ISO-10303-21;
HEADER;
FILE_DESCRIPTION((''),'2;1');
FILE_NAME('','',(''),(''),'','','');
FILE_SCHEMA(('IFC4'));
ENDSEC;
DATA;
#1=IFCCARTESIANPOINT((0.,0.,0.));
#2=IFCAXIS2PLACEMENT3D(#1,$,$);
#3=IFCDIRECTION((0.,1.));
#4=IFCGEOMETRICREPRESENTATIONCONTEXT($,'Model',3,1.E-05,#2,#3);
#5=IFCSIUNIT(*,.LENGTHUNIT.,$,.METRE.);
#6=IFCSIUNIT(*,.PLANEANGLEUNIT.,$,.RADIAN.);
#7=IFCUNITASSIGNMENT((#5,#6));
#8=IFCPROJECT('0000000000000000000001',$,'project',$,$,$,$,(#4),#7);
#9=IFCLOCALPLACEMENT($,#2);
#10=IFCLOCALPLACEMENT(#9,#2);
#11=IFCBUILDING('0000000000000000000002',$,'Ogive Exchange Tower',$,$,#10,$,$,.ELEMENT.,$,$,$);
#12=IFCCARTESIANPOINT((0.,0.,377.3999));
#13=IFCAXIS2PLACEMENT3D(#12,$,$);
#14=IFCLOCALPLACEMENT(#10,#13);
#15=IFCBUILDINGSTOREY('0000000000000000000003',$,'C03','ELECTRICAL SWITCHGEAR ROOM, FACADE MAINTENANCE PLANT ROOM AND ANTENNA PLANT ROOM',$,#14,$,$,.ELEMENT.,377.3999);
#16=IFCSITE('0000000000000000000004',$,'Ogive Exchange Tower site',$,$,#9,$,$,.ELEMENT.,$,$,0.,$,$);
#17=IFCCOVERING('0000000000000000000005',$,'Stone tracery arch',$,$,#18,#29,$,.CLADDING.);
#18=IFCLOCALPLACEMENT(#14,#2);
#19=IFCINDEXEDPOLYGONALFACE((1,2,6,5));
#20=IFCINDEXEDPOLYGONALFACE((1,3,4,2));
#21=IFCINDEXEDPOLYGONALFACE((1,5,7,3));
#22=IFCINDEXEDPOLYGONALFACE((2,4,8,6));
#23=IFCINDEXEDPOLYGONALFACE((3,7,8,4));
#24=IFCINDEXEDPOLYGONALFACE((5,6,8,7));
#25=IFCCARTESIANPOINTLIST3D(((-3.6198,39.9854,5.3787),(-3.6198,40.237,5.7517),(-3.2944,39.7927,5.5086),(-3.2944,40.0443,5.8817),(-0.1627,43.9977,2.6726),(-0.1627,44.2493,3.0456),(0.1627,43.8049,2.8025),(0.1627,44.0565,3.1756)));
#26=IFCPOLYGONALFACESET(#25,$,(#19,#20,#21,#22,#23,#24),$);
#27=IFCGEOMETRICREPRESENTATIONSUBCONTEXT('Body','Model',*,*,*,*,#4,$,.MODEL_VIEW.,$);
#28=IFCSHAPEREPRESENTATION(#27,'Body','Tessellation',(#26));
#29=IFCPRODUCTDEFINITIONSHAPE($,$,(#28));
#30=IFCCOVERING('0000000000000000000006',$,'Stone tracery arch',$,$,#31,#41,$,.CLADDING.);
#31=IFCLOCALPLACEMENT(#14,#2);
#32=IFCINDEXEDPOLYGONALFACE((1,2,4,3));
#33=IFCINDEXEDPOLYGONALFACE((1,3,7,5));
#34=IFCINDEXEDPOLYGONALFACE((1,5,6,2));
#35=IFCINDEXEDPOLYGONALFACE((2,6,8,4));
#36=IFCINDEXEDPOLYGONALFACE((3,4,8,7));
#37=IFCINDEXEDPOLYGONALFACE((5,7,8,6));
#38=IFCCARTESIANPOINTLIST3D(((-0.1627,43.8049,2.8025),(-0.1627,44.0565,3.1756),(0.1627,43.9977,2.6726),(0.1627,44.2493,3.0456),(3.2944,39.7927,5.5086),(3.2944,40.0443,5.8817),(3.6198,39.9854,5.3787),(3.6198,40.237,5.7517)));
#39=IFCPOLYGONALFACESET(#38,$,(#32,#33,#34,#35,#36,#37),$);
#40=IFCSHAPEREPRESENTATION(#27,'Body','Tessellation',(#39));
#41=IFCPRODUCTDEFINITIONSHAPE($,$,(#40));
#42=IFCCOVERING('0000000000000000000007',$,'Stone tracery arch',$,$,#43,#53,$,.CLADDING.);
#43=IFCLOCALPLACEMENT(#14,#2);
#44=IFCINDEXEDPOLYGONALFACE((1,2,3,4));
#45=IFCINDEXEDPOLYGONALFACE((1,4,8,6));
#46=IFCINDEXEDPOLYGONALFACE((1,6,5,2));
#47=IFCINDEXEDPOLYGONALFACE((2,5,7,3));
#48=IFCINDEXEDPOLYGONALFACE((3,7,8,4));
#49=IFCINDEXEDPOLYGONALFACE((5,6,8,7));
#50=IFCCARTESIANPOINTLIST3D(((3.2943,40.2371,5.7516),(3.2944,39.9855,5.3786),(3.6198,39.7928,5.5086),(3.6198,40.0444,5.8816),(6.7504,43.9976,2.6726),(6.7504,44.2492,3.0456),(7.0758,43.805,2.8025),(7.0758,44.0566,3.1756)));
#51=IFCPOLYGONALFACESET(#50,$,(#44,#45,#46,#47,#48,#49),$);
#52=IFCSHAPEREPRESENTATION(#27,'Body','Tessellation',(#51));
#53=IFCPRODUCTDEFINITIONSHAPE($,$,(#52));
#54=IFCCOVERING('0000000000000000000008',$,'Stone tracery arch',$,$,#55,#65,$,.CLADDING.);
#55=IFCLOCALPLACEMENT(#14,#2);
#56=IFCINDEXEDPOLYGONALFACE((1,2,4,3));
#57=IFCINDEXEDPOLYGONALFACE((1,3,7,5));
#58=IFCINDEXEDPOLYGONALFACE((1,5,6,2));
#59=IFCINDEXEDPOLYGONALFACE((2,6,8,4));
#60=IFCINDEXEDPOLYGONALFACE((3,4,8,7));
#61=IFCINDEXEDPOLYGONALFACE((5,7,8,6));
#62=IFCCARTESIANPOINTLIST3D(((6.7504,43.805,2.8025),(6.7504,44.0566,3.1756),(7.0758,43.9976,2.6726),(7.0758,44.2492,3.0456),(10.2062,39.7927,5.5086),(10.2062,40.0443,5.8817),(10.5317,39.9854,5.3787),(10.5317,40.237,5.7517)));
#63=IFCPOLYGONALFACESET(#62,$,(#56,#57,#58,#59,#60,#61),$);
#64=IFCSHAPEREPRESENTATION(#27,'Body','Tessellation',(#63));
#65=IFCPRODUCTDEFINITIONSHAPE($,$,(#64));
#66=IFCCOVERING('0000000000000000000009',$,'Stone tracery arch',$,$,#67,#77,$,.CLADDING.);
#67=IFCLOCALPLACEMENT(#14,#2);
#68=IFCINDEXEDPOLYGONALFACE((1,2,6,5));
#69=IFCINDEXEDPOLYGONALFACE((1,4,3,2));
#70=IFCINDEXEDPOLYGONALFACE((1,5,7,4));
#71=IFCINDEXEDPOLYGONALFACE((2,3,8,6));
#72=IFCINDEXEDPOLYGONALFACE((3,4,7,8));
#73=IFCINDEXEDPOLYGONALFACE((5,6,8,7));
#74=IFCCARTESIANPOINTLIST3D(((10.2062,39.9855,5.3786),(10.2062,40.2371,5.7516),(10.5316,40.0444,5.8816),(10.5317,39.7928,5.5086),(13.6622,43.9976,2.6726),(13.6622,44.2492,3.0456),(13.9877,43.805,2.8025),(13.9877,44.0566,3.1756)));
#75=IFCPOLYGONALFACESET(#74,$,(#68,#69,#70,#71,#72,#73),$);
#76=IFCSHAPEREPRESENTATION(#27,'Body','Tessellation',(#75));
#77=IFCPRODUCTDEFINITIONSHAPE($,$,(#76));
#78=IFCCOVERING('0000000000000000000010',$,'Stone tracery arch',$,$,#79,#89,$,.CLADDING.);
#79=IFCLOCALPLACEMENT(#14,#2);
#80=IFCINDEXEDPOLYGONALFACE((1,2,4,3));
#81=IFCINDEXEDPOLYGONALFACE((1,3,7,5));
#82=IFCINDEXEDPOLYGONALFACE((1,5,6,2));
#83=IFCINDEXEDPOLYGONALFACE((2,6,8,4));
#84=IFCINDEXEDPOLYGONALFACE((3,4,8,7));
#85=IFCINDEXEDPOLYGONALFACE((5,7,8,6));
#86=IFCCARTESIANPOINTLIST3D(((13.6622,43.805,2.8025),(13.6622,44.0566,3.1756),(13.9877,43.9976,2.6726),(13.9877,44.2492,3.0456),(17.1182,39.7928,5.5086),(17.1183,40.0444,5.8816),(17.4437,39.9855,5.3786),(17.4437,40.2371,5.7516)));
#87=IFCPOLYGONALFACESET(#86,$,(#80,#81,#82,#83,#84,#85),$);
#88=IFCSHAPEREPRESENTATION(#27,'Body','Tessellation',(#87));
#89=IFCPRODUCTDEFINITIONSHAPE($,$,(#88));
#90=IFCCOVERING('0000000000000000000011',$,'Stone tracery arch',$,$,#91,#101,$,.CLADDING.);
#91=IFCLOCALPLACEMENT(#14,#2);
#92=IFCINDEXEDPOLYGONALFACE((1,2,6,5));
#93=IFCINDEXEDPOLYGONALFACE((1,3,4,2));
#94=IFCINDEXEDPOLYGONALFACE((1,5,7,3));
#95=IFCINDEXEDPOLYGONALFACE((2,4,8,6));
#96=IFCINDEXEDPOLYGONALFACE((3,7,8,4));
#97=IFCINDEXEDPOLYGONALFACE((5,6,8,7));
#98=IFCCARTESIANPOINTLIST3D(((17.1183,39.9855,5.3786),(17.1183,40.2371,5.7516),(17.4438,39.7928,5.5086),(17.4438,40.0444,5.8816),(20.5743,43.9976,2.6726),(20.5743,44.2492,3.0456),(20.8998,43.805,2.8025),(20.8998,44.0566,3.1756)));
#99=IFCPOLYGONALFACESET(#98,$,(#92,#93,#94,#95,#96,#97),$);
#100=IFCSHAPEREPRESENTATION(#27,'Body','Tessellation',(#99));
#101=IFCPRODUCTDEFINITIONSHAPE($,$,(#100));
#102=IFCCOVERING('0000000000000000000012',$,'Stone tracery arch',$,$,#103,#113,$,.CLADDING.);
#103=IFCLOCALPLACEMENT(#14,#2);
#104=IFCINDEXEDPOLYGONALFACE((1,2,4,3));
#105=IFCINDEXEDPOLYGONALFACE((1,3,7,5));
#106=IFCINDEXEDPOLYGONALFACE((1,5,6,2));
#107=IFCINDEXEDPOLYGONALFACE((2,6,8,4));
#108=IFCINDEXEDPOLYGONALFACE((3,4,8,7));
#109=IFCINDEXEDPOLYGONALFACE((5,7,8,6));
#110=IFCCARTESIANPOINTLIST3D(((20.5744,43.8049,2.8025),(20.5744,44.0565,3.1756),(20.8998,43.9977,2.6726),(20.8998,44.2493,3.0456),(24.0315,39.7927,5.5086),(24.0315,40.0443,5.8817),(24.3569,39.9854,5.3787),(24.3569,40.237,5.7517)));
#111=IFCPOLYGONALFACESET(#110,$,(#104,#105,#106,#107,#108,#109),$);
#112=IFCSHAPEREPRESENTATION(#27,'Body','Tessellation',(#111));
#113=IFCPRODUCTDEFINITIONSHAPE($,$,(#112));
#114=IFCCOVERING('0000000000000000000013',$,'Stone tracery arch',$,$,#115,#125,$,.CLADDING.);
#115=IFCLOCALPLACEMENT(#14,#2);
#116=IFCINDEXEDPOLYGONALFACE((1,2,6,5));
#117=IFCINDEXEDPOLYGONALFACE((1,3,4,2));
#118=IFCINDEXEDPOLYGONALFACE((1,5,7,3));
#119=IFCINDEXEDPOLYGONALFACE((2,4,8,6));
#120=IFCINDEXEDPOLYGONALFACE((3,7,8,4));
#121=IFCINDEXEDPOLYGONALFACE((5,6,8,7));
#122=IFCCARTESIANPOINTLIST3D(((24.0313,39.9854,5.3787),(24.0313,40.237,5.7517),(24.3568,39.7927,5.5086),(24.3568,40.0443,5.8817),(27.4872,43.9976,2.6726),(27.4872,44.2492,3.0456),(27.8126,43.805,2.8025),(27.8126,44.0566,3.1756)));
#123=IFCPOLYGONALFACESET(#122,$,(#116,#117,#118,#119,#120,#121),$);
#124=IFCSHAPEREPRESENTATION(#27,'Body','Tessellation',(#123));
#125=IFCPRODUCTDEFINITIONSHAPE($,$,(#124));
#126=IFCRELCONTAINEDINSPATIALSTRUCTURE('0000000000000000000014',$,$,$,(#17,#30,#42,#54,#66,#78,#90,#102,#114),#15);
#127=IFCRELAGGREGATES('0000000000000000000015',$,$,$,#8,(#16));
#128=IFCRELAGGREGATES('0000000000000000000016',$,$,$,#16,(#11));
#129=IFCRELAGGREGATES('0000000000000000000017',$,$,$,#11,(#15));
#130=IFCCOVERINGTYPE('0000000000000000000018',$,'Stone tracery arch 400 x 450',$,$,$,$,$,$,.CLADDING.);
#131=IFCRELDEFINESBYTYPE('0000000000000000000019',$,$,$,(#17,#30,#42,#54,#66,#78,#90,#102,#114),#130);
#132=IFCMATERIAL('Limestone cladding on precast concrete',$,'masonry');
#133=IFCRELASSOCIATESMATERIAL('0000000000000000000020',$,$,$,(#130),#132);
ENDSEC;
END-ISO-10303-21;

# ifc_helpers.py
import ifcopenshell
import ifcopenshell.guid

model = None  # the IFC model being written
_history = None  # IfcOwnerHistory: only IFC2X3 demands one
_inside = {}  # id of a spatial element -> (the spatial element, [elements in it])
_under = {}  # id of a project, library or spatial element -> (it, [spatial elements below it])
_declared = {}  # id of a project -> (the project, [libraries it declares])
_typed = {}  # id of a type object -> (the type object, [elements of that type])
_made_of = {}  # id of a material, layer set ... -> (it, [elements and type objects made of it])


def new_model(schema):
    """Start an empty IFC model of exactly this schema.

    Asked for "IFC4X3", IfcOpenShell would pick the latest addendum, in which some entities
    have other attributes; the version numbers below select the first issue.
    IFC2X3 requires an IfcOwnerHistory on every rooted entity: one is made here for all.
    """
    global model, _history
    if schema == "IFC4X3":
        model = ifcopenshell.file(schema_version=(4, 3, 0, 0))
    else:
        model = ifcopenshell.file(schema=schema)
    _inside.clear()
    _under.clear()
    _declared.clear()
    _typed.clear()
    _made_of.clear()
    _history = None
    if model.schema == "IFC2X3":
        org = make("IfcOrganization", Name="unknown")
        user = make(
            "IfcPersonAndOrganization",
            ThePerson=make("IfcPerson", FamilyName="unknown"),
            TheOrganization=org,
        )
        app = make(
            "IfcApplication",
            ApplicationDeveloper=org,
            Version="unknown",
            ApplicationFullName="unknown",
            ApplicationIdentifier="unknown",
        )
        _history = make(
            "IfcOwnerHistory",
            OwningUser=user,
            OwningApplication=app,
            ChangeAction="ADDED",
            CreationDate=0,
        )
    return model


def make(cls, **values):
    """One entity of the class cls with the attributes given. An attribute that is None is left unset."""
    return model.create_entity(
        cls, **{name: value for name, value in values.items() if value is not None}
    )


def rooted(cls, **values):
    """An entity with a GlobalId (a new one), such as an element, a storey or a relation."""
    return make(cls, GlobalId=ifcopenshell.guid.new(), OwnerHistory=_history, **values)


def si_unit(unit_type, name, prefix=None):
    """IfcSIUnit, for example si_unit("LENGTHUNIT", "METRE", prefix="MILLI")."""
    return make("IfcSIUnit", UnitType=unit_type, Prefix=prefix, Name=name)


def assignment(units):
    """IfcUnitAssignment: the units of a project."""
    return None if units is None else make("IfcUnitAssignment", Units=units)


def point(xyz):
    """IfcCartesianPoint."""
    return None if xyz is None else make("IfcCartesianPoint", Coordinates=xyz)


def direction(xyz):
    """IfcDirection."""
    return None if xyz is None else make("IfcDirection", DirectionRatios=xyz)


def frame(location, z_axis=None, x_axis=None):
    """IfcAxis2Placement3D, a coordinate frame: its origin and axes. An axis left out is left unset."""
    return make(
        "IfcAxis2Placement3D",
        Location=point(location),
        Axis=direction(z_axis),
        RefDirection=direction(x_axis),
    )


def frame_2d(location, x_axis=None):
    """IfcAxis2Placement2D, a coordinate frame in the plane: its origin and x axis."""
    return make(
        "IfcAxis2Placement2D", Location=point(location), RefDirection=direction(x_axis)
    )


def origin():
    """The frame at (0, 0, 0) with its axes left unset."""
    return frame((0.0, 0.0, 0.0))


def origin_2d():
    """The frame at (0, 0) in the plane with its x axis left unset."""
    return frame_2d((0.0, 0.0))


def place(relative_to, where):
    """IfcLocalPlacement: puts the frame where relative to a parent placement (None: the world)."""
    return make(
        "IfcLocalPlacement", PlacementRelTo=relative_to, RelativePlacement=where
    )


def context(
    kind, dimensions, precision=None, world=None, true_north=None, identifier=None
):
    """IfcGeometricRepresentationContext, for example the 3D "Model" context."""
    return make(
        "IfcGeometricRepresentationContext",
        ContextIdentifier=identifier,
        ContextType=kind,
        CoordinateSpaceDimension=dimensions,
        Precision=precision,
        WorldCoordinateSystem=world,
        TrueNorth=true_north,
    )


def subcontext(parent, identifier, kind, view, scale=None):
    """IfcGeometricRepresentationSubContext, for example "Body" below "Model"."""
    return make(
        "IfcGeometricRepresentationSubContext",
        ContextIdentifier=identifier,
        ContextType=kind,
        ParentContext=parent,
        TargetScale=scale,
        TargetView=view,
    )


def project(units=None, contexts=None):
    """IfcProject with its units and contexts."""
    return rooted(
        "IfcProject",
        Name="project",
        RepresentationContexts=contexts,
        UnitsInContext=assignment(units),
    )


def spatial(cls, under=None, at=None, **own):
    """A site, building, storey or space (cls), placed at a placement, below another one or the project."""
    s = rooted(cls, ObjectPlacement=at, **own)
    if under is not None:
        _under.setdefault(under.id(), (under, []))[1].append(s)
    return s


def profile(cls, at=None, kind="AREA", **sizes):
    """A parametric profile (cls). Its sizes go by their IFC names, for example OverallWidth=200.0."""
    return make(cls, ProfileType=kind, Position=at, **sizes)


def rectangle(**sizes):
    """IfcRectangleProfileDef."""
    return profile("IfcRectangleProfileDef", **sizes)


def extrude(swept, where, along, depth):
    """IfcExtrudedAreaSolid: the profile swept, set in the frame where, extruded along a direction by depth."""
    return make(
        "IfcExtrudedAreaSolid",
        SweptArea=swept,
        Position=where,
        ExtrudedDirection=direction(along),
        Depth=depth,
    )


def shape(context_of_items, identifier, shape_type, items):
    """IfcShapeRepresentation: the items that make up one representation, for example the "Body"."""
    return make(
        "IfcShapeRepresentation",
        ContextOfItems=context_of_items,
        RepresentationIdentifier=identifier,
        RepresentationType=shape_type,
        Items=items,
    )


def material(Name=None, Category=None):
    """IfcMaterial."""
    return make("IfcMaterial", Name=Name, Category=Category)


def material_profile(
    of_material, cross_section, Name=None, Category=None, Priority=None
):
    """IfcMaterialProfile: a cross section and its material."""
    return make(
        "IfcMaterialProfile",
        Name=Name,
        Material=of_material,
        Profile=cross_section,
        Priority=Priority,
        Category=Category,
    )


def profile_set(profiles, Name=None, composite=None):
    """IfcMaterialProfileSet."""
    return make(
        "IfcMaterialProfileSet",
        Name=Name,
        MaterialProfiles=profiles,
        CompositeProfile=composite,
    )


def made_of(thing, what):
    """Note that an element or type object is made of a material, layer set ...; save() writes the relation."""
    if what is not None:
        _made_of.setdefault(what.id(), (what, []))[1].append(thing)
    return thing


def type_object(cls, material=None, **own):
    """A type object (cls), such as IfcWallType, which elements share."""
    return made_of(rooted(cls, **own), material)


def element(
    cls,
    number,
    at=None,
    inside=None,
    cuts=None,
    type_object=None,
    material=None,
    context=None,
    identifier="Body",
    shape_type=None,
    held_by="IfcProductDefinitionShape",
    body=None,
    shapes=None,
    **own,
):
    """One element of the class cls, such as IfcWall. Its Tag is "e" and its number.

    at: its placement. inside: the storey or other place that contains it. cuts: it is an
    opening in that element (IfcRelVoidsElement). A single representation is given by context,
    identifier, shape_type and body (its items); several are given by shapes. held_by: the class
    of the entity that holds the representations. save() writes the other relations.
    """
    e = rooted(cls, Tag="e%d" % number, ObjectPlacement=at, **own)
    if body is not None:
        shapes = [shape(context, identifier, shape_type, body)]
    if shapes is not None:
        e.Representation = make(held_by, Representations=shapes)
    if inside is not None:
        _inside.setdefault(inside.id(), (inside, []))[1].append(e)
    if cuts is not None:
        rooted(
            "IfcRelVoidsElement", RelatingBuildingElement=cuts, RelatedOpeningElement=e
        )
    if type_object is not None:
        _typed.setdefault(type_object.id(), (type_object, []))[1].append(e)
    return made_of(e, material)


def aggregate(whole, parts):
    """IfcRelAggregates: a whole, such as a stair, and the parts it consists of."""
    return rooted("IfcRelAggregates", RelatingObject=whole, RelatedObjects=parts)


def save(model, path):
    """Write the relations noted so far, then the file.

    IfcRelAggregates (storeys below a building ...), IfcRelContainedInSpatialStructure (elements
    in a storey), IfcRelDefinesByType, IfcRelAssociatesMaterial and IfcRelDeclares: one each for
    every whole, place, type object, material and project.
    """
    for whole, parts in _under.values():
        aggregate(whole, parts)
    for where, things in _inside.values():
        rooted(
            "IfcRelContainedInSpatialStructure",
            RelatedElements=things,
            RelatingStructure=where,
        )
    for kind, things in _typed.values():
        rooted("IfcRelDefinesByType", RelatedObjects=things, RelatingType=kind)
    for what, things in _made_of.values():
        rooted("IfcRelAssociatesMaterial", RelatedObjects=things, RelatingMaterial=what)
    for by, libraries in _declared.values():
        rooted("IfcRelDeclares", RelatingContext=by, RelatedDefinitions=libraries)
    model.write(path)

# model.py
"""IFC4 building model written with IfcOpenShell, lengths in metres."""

from ifc_helpers import new_model, si_unit, direction, frame, origin, origin_2d, place, context, subcontext, project, spatial, rectangle, extrude, material, material_profile, profile_set, type_object, element, save


model = new_model("IFC4")

# Units and contexts
model_context = context("Model", 3, precision=1e-05, world=origin(), true_north=direction((0.0, 1.0)))
body_context = subcontext(model_context, "Body", "Model", "MODEL_VIEW")
ifc_project = project(units=[si_unit("LENGTHUNIT", "METRE"), si_unit("PLANEANGLEUNIT", "RADIAN")], contexts=[model_context])

# Site, building, storey
site_placement = place(None, origin())
site = spatial("IfcSite", under=ifc_project, at=site_placement, Name="Ogive Exchange Tower site", CompositionType="ELEMENT", RefElevation=0.0)
building_placement = place(site_placement, origin())
building = spatial("IfcBuilding", under=site, at=building_placement, Name="Ogive Exchange Tower", CompositionType="ELEMENT")
storey_placement = place(building_placement, frame((0.0, 0.0, 377.3999)))
storey = spatial("IfcBuildingStorey", under=building, at=storey_placement, Name="C03", Description="ELECTRICAL SWITCHGEAR ROOM, FACADE MAINTENANCE PLANT ROOM AND ANTENNA PLANT ROOM", CompositionType="ELEMENT", Elevation=377.3999)

# Coverings
ifc_material_1 = material(Name="Limestone cladding on precast concrete", Category="masonry")
ifc_material_profile_1 = material_profile(ifc_material_1, rectangle(XDim=0.3999, YDim=0.45, at=origin_2d()), Name="TRACERY 400 x 450")
ifc_profile_set_1 = profile_set([ifc_material_profile_1], Name="Limestone cladding on precast concrete")
covering_type_1 = type_object("IfcCoveringType", Name="Stone tracery arch 400 x 450", PredefinedType="CLADDING", material=ifc_profile_set_1)
for number, where, z_axis, x_axis, name in (
    (1, (0.0, 44.0271, 2.9241), (-0.581267, -0.674615, 0.454998), (0.813713, -0.481905, 0.325021), "Stone tracery arch"),
    (2, (0.0, 44.0271, 2.9241), (0.581267, -0.674615, 0.454998), (0.813713, 0.481905, -0.325021), "Stone tracery arch"),
):
    element("IfcCovering", number, at=place(storey_placement, frame(where, z_axis=z_axis, x_axis=x_axis)), inside=storey, type_object=covering_type_1, Name=name, PredefinedType="CLADDING", context=body_context, shape_type="SweptSolid", body=[
        extrude(rectangle(XDim=0.3999, YDim=0.45, at=origin_2d()), origin(), (0.0, 0.0, 1.0), 5.9475),
    ])
for number, where, z_axis, x_axis, name in (
    (3, (6.9131, 44.0271, 2.9241), (-0.581159, -0.674679, 0.455041), (0.81379, -0.48178, 0.325013), "Stone tracery arch"),
    (4, (6.9131, 44.0271, 2.9241), (0.581131, -0.674695, 0.455052), (0.81381, 0.481768, -0.324982), "Stone tracery arch"),
    (5, (13.825, 44.0271, 2.9241), (-0.581159, -0.674679, 0.455041), (0.81379, -0.481799, 0.324984), "Stone tracery arch"),
    (6, (13.825, 44.0271, 2.9241), (0.581159, -0.674679, 0.455041), (0.81379, 0.481799, -0.324984), "Stone tracery arch"),
    (7, (20.7371, 44.0271, 2.9241), (-0.581159, -0.674679, 0.455041), (0.81379, -0.481799, 0.324984), "Stone tracery arch"),
):
    element("IfcCovering", number, at=place(storey_placement, frame(where, z_axis=z_axis, x_axis=x_axis)), inside=storey, type_object=covering_type_1, Name=name, PredefinedType="CLADDING", context=body_context, shape_type="SweptSolid", body=[
        extrude(rectangle(XDim=0.3999, YDim=0.45, at=origin_2d()), origin(), (0.0, 0.0, 1.0), 5.9468),
    ])
covering_1_placement = place(storey_placement, frame((20.7371, 44.0271, 2.9241), z_axis=(0.581267, -0.674615, 0.454998), x_axis=(0.813713, 0.481905, -0.325021)))
element("IfcCovering", 8, at=covering_1_placement, inside=storey, type_object=covering_type_1, Name="Stone tracery arch", PredefinedType="CLADDING", context=body_context, shape_type="SweptSolid", body=[
    extrude(rectangle(XDim=0.3999, YDim=0.45, at=origin_2d()), origin(), (0.0, 0.0, 1.0), 5.9475),
])
covering_2_placement = place(storey_placement, frame((27.6499, 44.0271, 2.9241), z_axis=(-0.581131, -0.674695, 0.455052), x_axis=(0.81381, -0.481748, 0.325011)))
element("IfcCovering", 9, at=covering_2_placement, inside=storey, type_object=covering_type_1, Name="Stone tracery arch", PredefinedType="CLADDING", context=body_context, shape_type="SweptSolid", body=[
    extrude(rectangle(XDim=0.3999, YDim=0.45, at=origin_2d()), origin(), (0.0, 0.0, 1.0), 5.9468),
])

save(model, "model.ifc")
